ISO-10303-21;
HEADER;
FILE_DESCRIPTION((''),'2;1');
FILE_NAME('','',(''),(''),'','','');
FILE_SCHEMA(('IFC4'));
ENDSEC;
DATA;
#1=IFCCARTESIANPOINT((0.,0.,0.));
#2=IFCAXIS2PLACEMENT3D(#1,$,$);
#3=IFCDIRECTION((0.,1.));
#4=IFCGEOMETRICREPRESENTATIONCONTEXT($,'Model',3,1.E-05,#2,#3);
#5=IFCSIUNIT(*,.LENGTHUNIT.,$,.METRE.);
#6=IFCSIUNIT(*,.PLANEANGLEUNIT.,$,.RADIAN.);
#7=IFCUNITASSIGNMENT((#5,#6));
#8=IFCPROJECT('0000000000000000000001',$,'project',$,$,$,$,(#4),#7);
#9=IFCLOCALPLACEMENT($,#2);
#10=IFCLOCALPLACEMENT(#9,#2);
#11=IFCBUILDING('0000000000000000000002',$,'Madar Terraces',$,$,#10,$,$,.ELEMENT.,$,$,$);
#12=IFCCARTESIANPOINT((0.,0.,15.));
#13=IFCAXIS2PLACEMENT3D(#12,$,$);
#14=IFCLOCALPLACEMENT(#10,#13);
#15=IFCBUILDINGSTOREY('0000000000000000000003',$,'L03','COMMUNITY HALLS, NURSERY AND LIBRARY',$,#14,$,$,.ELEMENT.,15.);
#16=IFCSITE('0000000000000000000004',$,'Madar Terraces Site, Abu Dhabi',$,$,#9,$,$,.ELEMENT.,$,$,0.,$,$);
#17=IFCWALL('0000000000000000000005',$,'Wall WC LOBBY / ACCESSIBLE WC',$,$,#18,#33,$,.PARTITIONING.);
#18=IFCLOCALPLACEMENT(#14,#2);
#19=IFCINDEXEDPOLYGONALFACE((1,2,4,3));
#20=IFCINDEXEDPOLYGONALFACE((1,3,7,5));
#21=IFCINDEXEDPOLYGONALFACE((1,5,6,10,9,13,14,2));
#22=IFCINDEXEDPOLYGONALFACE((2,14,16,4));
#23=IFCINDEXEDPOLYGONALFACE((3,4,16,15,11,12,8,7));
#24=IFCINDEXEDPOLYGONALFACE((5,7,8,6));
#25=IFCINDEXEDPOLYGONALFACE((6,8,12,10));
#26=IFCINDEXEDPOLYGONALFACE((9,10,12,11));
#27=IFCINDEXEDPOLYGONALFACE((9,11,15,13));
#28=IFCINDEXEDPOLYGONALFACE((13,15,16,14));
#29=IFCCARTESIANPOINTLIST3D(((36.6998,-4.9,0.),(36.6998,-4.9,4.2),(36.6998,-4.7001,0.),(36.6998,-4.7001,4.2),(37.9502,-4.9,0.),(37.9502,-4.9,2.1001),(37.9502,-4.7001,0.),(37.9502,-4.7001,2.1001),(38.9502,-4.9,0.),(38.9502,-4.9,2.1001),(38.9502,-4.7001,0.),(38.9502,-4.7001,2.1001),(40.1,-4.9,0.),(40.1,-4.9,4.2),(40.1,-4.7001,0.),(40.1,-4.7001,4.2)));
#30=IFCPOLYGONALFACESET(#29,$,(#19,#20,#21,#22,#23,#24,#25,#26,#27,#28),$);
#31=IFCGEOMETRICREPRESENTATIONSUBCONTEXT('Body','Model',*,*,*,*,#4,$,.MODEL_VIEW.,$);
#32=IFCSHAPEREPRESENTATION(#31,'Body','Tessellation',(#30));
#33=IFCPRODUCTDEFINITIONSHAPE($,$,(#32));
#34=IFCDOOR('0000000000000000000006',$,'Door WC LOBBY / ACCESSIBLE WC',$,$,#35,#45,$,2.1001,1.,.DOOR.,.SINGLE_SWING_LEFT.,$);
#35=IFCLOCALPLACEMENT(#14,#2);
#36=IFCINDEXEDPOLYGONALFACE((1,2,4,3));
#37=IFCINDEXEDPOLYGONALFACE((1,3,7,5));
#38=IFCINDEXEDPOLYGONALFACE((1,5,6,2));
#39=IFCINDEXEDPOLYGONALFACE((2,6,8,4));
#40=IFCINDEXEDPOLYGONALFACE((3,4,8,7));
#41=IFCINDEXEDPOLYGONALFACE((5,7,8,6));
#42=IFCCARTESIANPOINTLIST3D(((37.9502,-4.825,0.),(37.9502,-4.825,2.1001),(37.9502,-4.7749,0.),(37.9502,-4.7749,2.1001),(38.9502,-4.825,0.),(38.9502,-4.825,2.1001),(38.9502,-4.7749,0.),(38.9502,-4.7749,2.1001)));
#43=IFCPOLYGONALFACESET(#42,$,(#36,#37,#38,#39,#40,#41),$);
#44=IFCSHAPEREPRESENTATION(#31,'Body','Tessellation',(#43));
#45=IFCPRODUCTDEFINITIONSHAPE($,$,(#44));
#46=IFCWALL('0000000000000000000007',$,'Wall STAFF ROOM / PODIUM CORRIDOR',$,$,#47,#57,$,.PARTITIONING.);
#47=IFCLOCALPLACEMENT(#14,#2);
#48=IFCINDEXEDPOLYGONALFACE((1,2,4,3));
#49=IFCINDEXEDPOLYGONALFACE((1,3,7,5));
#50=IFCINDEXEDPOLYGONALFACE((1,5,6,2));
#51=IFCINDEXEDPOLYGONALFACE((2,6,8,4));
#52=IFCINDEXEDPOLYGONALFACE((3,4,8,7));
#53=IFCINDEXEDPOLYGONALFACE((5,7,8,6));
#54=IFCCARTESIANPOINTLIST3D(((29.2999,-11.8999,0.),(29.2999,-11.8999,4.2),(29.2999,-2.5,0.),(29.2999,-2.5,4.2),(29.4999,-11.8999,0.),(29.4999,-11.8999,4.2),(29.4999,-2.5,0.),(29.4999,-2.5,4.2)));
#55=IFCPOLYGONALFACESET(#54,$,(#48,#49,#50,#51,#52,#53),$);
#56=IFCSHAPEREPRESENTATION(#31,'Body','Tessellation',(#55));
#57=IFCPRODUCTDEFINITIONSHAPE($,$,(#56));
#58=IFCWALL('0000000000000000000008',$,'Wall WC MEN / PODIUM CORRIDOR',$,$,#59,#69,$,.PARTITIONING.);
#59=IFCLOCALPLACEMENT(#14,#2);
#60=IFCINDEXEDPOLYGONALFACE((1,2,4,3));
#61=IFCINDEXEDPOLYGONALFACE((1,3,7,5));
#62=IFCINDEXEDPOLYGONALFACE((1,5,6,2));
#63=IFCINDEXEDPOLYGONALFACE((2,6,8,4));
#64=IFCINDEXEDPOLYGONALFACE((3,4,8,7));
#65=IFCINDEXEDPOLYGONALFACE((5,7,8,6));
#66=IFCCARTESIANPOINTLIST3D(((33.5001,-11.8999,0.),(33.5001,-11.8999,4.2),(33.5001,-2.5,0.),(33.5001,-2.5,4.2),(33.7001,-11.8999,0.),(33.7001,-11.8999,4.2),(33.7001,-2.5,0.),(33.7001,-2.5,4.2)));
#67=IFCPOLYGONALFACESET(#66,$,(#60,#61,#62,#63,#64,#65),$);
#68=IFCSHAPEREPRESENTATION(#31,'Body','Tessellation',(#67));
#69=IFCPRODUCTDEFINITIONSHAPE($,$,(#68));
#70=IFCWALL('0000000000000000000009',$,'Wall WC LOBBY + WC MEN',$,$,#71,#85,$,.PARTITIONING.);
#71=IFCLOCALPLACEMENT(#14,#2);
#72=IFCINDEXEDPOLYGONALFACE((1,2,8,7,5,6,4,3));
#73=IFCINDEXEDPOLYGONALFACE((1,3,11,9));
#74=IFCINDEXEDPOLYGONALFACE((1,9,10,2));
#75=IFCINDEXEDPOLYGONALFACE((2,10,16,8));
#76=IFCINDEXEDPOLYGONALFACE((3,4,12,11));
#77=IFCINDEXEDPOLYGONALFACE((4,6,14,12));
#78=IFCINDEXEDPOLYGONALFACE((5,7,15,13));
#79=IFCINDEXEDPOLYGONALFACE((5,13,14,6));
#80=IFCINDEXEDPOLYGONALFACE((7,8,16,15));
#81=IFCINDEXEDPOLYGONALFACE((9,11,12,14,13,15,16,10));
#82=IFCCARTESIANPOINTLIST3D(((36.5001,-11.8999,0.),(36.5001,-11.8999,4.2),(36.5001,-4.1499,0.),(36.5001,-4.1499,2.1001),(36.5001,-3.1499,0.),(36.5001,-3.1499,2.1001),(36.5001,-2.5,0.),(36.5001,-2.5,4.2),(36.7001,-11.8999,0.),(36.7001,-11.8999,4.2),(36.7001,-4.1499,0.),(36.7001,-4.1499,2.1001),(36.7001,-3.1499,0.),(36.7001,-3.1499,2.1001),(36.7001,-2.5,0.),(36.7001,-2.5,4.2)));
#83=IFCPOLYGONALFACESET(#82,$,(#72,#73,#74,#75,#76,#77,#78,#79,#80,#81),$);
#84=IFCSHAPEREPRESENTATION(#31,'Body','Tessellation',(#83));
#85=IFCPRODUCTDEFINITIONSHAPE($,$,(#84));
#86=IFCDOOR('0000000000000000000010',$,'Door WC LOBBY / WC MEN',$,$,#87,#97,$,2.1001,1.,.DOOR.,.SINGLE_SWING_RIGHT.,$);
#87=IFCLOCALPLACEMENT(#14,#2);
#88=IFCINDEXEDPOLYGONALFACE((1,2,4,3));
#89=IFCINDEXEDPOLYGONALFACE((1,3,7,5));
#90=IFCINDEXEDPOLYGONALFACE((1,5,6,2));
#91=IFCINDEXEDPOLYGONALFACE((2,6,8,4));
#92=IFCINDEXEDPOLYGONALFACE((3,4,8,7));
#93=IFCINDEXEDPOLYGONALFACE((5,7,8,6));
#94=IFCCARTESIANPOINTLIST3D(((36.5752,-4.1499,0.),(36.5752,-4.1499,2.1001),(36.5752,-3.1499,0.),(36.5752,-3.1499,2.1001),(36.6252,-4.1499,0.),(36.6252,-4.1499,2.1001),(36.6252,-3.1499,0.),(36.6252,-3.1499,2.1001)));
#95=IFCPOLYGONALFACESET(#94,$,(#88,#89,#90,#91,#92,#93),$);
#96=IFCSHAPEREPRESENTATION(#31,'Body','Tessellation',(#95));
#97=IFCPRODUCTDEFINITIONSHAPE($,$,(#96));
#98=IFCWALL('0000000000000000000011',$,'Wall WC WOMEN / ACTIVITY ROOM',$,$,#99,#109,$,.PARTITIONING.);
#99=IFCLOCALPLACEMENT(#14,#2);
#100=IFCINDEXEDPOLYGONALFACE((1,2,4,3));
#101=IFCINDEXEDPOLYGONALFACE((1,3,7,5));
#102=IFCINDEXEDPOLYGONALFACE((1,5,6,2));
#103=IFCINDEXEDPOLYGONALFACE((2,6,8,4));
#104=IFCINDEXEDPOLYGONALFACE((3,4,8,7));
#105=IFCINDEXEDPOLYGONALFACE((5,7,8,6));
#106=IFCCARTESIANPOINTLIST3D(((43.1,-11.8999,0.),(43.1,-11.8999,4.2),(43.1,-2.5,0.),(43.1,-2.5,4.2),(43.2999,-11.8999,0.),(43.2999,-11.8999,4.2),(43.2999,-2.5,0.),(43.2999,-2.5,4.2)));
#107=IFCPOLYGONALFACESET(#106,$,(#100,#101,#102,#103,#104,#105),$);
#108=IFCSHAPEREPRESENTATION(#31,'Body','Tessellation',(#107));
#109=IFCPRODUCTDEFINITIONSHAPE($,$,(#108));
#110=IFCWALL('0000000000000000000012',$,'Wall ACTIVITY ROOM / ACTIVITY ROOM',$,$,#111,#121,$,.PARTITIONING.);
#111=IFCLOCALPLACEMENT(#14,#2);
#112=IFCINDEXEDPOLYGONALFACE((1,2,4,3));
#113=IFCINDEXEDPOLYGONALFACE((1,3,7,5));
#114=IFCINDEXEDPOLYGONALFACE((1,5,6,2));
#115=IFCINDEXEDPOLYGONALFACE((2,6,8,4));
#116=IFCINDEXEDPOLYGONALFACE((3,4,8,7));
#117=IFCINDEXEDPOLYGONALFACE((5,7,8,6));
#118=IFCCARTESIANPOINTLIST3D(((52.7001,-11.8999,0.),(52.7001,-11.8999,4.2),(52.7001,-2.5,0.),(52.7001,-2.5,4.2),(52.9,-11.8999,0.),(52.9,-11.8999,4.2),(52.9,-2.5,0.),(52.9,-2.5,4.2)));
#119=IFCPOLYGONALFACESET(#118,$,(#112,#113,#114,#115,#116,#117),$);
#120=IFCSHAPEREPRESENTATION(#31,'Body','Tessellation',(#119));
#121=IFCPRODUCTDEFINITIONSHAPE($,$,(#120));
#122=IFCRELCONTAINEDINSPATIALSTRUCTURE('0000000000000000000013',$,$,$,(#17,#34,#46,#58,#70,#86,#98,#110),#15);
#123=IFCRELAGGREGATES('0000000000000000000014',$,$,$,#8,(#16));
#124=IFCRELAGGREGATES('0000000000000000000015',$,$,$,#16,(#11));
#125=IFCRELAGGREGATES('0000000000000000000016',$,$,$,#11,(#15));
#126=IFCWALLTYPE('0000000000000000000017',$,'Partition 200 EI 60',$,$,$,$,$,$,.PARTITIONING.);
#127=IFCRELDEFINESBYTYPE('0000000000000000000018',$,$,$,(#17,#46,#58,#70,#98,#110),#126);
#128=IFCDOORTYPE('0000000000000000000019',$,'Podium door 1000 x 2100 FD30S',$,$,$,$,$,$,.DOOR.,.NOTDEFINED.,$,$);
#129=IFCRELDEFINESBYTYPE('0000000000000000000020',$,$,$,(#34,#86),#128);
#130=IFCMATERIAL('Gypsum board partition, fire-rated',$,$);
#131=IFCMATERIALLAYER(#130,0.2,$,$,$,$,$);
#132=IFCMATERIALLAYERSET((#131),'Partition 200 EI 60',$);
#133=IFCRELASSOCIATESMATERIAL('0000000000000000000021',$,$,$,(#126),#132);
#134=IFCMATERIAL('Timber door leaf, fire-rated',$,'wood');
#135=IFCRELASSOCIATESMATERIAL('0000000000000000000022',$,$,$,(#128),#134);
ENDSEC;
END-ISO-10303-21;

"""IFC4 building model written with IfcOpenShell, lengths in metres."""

from ifc_helpers import new_model, si_unit, direction, frame, frame_2d, origin, place, context, subcontext, project, spatial, rectangle, extrude, material, layer, layer_set, type_object, element, fill, save


model = new_model("IFC4")

# Units and contexts
model_context = context("Model", 3, precision=1e-05, world=origin(), true_north=direction((0.0, 1.0)))
body_context = subcontext(model_context, "Body", "Model", "MODEL_VIEW")
ifc_project = project(units=[si_unit("LENGTHUNIT", "METRE"), si_unit("PLANEANGLEUNIT", "RADIAN")], contexts=[model_context])

# Site, building, storey
site_placement = place(None, origin())
site = spatial("IfcSite", under=ifc_project, at=site_placement, Name="Madar Terraces Site, Abu Dhabi", CompositionType="ELEMENT", RefElevation=0.0)
building_placement = place(site_placement, origin())
building = spatial("IfcBuilding", under=site, at=building_placement, Name="Madar Terraces", CompositionType="ELEMENT")
storey_placement = place(building_placement, frame((0.0, 0.0, 15.0)))
storey = spatial("IfcBuildingStorey", under=building, at=storey_placement, Name="L03", Description="COMMUNITY HALLS, NURSERY AND LIBRARY", CompositionType="ELEMENT", Elevation=15.0)

# Shared definitions
ifc_material_1 = material(Name="Gypsum board partition, fire-rated")
ifc_layer = layer(ifc_material_1, 0.2)
ifc_layer_set = layer_set([ifc_layer], Name="Partition 200 EI 60")
wall_type = type_object("IfcWallType", Name="Partition 200 EI 60", PredefinedType="PARTITIONING", material=ifc_layer_set)
ifc_material_2 = material(Name="Timber door leaf, fire-rated", Category="wood")
door_type = type_object("IfcDoorType", Name="Podium door 1000 x 2100 FD30S", OperationType="NOTDEFINED", PredefinedType="DOOR", material=ifc_material_2)

# Wall, opening, door
wall_1_placement = place(storey_placement, frame((40.1001, -4.8, 0.0), z_axis=(0.0, 0.0, 1.0), x_axis=(-1.0, 0.0, 0.0)))
wall_1 = element("IfcWall", 1, at=wall_1_placement, inside=storey, type_object=wall_type, Name="Wall WC LOBBY / ACCESSIBLE WC", PredefinedType="PARTITIONING", context=body_context, shape_type="SweptSolid", body=[
    extrude(rectangle(XDim=3.4001, YDim=0.2, at=frame_2d((1.7002, 0.0))), origin(), (0.0, 0.0, 1.0), 4.2),
])
opening_1_placement = place(wall_1_placement, frame((1.1499, 0.0, 0.0)))
opening_1 = element("IfcOpeningElement", 2, at=opening_1_placement, cuts=wall_1, PredefinedType="OPENING", context=body_context, shape_type="SweptSolid", body=[
    extrude(rectangle(XDim=1.0, YDim=2.1001, at=frame_2d((0.5, 1.05))), frame((0.0, 0.1099, 0.0), z_axis=(0.0, -1.0, 0.0), x_axis=(1.0, 0.0, 0.0)), (0.0, 0.0, 1.0), 0.22),
])
door_1_placement = place(opening_1_placement, origin())
door_1 = element("IfcDoor", 3, at=door_1_placement, inside=storey, type_object=door_type, Name="Door WC LOBBY / ACCESSIBLE WC", OperationType="SINGLE_SWING_LEFT", OverallHeight=2.1001, OverallWidth=1.0, PredefinedType="DOOR", context=body_context, shape_type="SweptSolid", body=[
    extrude(rectangle(XDim=1.0, YDim=2.1001, at=frame_2d((0.5, 1.05))), frame((0.0, 0.0249, 0.0), z_axis=(0.0, -1.0, 0.0), x_axis=(1.0, 0.0, 0.0)), (0.0, 0.0, 1.0), 0.05),
])
fill(opening_1, door_1)

# Walls
for number, where, z_axis, x_axis, name in (
    (4, (29.3999, -11.8999, 0.0), (0.0, 0.0, 1.0), (0.0, 1.0, 0.0), "Wall STAFF ROOM / PODIUM CORRIDOR"),
    (5, (33.6001, -11.8999, 0.0), (0.0, 0.0, 1.0), (0.0, 1.0, 0.0), "Wall WC MEN / PODIUM CORRIDOR"),
):
    element("IfcWall", number, at=place(storey_placement, frame(where, z_axis=z_axis, x_axis=x_axis)), inside=storey, type_object=wall_type, Name=name, PredefinedType="PARTITIONING", context=body_context, shape_type="SweptSolid", body=[
        extrude(rectangle(XDim=9.3999, YDim=0.2, at=frame_2d((4.7, 0.0))), origin(), (0.0, 0.0, 1.0), 4.2),
    ])

# Wall, opening, door
wall_2_placement = place(storey_placement, frame((36.6001, -11.8999, 0.0), z_axis=(0.0, 0.0, 1.0), x_axis=(0.0, 1.0, 0.0)))
wall_2 = element("IfcWall", 6, at=wall_2_placement, inside=storey, type_object=wall_type, Name="Wall WC LOBBY + WC MEN", PredefinedType="PARTITIONING", context=body_context, shape_type="SweptSolid", body=[
    extrude(rectangle(XDim=9.3999, YDim=0.2, at=frame_2d((4.7, 0.0))), origin(), (0.0, 0.0, 1.0), 4.2),
])
opening_2_placement = place(wall_2_placement, frame((7.75, 0.0, 0.0)))
opening_2 = element("IfcOpeningElement", 7, at=opening_2_placement, cuts=wall_2, PredefinedType="OPENING", context=body_context, shape_type="SweptSolid", body=[
    extrude(rectangle(XDim=1.0, YDim=2.1001, at=frame_2d((0.5, 1.05))), frame((0.0, 0.1099, 0.0), z_axis=(0.0, -1.0, 0.0), x_axis=(1.0, 0.0, 0.0)), (0.0, 0.0, 1.0), 0.22),
])
door_2_placement = place(opening_2_placement, origin())
door_2 = element("IfcDoor", 8, at=door_2_placement, inside=storey, type_object=door_type, Name="Door WC LOBBY / WC MEN", OperationType="SINGLE_SWING_RIGHT", OverallHeight=2.1001, OverallWidth=1.0, PredefinedType="DOOR", context=body_context, shape_type="SweptSolid", body=[
    extrude(rectangle(XDim=1.0, YDim=2.1001, at=frame_2d((0.5, 1.05))), frame((0.0, 0.0249, 0.0), z_axis=(0.0, -1.0, 0.0), x_axis=(1.0, 0.0, 0.0)), (0.0, 0.0, 1.0), 0.05),
])
fill(opening_2, door_2)

# Walls
for number, where, z_axis, x_axis, name in (
    (9, (43.2, -11.8999, 0.0), (0.0, 0.0, 1.0), (0.0, 1.0, 0.0), "Wall WC WOMEN / ACTIVITY ROOM"),
    (10, (52.8, -11.8999, 0.0), (0.0, 0.0, 1.0), (0.0, 1.0, 0.0), "Wall ACTIVITY ROOM / ACTIVITY ROOM"),
):
    element("IfcWall", number, at=place(storey_placement, frame(where, z_axis=z_axis, x_axis=x_axis)), inside=storey, type_object=wall_type, Name=name, PredefinedType="PARTITIONING", context=body_context, shape_type="SweptSolid", body=[
        extrude(rectangle(XDim=9.3999, YDim=0.2, at=frame_2d((4.7, 0.0))), origin(), (0.0, 0.0, 1.0), 4.2),
    ])

save(model, "model.ifc")
